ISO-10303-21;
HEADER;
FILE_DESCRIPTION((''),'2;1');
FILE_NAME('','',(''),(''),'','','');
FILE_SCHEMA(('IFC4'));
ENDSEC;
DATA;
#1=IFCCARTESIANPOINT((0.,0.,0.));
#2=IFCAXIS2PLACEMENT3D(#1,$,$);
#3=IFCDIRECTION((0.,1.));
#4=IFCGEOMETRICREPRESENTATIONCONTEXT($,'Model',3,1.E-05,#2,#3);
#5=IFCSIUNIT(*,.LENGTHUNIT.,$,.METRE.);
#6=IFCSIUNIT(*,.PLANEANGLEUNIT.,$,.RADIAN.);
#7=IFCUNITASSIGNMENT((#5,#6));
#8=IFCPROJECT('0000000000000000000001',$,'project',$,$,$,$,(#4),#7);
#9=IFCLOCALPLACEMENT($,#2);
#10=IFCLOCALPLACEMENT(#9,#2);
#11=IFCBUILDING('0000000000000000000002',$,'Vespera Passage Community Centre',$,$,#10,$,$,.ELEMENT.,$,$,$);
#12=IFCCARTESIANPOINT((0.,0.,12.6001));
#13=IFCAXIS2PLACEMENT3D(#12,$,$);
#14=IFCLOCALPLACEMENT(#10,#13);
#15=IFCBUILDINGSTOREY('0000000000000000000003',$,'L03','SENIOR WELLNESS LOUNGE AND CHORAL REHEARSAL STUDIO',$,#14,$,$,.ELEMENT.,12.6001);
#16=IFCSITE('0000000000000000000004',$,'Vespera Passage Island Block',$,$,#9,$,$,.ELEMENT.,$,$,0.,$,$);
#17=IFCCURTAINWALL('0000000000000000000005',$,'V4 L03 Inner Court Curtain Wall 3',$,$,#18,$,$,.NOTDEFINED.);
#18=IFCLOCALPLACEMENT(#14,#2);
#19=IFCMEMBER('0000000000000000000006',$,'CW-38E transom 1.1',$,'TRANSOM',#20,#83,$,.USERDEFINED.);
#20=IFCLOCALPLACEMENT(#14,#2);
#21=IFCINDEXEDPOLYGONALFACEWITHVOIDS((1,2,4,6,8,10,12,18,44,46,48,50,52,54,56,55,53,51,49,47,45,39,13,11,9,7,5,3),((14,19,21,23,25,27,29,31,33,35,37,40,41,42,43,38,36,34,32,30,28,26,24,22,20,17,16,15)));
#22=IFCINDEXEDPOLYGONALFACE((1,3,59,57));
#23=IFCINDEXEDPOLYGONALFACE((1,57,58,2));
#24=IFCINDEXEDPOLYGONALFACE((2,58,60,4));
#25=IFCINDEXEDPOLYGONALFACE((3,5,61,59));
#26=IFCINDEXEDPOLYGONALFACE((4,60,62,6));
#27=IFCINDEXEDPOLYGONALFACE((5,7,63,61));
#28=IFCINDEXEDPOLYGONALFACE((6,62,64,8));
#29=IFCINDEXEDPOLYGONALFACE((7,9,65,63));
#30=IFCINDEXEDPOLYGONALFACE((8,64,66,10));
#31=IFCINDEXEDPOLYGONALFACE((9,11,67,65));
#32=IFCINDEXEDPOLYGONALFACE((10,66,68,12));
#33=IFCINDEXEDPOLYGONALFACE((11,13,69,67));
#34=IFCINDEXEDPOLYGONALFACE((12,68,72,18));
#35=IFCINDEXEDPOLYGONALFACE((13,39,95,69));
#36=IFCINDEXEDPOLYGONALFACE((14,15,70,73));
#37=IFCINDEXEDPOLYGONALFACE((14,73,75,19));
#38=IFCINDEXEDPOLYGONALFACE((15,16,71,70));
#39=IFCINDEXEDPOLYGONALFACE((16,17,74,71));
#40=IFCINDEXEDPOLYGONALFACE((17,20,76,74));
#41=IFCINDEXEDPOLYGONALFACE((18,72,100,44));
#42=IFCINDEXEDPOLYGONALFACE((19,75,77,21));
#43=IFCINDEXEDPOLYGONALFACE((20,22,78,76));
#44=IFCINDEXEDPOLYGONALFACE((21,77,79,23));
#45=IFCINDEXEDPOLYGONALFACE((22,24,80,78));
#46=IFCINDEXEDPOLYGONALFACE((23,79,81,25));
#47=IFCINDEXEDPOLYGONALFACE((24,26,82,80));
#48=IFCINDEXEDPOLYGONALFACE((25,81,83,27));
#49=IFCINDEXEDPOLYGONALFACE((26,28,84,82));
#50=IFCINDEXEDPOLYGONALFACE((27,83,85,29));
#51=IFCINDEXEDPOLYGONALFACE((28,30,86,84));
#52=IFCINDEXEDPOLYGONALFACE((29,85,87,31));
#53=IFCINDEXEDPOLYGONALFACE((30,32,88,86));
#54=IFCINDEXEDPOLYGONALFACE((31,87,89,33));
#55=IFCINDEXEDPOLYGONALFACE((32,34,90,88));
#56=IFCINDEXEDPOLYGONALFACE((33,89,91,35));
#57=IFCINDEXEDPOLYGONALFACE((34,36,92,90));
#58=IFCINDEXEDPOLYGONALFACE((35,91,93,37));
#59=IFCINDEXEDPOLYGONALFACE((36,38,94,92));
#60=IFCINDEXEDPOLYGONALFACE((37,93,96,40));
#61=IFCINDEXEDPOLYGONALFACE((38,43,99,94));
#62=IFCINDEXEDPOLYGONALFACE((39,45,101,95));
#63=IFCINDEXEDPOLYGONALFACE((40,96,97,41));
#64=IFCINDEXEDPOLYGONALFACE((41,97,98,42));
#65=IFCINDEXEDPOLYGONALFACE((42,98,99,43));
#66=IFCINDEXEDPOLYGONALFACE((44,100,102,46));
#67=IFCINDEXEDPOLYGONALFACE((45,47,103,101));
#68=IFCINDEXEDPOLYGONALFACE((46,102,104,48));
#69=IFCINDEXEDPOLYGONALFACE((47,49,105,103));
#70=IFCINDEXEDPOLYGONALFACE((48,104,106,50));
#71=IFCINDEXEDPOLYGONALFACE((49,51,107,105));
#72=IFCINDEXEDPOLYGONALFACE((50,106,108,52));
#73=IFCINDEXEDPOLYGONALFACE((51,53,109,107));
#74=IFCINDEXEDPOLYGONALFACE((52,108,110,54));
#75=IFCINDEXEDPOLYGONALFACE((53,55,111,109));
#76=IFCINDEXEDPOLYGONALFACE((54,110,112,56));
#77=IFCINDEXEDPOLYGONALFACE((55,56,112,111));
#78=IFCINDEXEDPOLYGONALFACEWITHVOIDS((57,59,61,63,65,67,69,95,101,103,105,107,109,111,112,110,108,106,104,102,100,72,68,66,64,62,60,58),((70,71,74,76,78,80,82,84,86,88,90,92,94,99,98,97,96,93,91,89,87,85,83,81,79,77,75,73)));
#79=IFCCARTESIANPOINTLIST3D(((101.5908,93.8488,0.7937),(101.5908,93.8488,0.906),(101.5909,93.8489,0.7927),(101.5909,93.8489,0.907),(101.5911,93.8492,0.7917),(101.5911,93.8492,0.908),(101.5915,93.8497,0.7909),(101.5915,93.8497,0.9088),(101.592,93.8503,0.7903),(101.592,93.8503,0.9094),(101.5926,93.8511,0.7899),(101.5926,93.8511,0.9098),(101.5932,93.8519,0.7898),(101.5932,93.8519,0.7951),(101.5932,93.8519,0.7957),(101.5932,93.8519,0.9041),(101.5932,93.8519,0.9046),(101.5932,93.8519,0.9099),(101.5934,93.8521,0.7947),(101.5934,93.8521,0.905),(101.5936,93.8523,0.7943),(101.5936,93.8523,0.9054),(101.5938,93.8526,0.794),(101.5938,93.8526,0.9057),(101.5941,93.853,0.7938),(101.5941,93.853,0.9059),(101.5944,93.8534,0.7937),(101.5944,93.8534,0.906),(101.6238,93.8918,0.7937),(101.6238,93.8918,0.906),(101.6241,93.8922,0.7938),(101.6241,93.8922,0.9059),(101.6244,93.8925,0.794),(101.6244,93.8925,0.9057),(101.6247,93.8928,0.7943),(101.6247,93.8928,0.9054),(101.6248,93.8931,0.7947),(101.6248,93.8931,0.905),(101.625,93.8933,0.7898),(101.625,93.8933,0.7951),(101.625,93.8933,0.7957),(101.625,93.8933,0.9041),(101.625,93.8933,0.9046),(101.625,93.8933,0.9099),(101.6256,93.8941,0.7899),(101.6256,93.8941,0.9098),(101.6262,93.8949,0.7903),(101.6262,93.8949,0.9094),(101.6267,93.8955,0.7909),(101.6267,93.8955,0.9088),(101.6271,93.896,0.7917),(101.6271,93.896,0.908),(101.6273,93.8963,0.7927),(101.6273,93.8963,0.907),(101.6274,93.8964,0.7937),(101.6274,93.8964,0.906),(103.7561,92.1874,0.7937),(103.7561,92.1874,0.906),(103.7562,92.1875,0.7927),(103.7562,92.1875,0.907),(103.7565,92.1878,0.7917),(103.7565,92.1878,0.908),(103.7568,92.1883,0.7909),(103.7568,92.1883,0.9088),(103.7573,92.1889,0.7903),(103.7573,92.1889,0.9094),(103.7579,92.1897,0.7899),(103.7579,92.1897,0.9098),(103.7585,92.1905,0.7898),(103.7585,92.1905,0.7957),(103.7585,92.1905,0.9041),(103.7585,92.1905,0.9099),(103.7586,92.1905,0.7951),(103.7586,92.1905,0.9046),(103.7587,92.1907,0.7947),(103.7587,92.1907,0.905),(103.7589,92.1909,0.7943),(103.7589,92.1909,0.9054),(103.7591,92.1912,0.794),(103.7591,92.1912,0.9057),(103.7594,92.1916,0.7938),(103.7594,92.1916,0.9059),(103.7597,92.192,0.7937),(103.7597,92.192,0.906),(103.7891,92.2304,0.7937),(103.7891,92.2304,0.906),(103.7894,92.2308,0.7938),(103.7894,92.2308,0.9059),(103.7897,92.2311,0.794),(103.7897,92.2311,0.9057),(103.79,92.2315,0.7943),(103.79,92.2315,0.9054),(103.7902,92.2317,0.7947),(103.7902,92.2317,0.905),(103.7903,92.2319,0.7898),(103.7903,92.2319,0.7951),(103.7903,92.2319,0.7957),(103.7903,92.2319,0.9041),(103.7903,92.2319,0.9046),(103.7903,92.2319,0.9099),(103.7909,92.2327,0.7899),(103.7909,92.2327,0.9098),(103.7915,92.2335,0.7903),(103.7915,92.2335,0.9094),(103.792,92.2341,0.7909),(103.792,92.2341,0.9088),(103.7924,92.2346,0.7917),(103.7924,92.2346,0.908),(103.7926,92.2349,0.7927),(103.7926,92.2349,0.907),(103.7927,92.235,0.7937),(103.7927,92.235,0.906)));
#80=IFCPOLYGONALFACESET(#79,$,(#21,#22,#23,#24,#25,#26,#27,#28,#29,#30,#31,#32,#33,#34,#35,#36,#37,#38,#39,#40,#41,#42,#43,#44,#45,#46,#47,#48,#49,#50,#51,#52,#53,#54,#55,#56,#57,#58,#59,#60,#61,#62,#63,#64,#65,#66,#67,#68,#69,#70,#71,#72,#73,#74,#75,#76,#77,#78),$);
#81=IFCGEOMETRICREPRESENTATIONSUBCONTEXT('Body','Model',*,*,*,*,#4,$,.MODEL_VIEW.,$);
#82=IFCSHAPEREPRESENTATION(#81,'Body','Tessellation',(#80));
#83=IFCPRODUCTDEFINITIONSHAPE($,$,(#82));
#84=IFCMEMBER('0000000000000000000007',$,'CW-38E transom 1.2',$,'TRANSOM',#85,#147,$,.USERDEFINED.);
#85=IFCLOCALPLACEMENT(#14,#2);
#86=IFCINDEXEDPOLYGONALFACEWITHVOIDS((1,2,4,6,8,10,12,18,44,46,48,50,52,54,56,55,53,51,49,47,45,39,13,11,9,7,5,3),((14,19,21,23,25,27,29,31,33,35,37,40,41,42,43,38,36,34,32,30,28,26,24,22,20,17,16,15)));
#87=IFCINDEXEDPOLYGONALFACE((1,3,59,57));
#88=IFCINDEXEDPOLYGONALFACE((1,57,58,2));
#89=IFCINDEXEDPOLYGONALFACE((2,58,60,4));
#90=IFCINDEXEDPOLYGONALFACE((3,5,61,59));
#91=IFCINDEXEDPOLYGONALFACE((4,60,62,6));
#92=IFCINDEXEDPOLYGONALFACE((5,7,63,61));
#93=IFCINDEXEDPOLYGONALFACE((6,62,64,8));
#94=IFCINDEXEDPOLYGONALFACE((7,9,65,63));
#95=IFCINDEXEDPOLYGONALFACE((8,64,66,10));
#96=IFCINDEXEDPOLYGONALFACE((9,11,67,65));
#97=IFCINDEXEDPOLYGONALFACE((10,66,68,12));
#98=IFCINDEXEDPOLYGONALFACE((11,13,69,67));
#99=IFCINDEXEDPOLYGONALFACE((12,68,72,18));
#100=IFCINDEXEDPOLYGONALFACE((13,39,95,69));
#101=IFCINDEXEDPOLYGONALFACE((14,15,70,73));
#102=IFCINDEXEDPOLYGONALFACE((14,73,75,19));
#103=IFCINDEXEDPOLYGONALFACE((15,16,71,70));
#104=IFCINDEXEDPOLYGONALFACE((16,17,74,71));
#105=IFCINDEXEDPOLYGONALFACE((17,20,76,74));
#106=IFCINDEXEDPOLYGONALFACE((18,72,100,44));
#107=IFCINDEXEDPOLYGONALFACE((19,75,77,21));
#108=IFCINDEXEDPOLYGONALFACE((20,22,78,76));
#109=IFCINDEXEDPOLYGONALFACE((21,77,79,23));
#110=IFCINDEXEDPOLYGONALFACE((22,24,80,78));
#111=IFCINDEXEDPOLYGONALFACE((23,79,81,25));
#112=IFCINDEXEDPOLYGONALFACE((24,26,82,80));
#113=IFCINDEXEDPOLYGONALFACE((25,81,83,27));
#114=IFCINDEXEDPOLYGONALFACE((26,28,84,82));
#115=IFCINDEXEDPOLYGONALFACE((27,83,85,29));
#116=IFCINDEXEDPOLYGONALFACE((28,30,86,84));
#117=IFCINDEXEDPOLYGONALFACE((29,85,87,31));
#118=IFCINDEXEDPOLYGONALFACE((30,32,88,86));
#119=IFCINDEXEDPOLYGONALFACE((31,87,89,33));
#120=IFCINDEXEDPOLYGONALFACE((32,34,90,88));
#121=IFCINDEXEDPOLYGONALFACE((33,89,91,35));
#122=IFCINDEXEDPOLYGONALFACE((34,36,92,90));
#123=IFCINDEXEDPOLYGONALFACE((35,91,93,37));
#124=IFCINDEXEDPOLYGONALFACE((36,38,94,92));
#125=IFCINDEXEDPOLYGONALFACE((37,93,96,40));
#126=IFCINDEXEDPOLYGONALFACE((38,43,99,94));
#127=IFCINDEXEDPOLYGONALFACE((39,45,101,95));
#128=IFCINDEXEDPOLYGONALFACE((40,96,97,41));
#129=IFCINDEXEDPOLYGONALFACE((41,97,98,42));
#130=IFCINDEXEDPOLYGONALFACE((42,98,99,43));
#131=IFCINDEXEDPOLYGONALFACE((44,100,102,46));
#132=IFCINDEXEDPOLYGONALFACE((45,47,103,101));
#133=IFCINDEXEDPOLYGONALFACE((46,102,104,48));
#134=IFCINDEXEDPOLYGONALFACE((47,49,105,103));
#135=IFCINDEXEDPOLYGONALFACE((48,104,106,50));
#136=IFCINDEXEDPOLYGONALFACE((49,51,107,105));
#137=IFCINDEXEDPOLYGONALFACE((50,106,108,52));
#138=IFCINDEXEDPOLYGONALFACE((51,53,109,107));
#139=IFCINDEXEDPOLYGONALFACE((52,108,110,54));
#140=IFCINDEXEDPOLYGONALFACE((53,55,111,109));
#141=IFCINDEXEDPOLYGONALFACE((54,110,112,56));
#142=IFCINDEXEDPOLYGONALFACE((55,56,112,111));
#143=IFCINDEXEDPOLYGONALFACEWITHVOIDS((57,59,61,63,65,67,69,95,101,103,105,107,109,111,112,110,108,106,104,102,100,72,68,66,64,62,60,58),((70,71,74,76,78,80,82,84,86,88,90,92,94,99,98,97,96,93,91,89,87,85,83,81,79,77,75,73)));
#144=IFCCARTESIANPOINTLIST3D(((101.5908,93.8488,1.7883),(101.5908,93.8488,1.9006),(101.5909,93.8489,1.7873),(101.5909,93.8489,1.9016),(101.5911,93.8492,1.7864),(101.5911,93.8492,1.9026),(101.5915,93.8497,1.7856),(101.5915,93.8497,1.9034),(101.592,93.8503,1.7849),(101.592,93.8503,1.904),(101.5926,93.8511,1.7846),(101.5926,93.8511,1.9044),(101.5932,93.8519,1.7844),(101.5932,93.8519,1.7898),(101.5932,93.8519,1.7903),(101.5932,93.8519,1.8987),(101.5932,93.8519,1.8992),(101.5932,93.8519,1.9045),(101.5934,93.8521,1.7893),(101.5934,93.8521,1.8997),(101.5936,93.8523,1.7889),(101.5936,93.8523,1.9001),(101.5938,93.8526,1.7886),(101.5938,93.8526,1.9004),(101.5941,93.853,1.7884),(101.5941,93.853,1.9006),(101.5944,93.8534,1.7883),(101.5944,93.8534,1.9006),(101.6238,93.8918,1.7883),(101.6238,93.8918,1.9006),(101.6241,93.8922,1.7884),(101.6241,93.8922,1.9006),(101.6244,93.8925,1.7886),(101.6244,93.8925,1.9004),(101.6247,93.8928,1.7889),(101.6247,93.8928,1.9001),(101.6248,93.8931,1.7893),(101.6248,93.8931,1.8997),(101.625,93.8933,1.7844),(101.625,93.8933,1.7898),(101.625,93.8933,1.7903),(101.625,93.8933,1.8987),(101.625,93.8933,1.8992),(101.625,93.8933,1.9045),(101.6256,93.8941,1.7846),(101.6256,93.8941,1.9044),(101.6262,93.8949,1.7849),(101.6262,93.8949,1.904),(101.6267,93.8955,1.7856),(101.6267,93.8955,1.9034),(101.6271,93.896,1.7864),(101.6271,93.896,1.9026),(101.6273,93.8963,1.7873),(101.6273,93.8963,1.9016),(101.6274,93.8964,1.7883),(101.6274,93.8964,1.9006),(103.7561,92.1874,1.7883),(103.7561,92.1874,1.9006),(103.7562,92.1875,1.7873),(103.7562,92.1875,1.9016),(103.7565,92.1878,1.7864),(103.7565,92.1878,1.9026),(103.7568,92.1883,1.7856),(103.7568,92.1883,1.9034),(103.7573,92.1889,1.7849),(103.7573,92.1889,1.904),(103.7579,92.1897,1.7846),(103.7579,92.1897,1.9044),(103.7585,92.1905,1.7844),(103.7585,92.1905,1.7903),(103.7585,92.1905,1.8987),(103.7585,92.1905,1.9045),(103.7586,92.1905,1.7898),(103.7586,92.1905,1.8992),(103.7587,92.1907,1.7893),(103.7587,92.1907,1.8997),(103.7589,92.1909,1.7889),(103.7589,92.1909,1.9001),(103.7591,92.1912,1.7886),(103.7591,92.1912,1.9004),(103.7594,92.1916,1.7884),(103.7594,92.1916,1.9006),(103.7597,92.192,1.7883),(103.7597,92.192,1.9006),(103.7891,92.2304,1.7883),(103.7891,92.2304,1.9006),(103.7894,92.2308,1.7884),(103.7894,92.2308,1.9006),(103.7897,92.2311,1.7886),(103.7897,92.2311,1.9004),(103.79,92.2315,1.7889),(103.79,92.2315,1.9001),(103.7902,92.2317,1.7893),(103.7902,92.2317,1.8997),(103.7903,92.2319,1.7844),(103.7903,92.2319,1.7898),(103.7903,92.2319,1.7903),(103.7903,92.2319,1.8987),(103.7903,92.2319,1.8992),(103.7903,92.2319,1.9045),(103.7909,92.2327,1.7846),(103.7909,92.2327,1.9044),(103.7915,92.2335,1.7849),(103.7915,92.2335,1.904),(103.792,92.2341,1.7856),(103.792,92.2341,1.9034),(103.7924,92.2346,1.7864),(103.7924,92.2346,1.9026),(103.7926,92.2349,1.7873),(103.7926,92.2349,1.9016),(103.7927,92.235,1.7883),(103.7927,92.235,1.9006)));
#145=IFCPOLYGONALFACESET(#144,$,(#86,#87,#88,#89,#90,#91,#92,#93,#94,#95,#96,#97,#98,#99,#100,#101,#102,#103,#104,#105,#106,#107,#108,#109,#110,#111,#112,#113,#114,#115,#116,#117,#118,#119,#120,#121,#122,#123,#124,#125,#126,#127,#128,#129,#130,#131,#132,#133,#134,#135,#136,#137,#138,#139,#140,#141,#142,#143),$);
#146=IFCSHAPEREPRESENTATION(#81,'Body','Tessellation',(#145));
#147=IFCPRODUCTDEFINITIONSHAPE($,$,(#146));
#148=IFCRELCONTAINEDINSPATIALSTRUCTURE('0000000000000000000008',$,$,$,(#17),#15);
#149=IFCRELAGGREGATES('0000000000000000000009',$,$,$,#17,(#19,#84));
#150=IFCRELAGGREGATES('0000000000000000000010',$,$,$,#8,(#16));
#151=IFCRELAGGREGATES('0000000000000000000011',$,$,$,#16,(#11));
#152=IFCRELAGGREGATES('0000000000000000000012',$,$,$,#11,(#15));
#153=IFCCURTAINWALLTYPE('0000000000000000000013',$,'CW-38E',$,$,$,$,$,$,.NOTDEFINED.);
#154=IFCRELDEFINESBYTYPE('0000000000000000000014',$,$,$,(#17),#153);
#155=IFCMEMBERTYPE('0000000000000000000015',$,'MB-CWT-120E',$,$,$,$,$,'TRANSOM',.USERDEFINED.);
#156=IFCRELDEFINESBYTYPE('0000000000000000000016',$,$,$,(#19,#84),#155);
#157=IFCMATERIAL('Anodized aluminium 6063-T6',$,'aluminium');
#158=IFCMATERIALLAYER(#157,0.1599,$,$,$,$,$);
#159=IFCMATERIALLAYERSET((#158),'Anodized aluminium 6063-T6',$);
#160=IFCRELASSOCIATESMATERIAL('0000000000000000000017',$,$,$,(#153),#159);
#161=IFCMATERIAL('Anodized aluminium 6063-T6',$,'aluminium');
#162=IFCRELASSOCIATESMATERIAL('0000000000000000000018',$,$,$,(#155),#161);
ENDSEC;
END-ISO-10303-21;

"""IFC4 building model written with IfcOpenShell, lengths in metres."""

from ifc_helpers import new_model, si_unit, direction, frame, origin, origin_2d, place, context, subcontext, project, spatial, hollow_rectangle, extrude, material, layer, layer_set, material_profile, profile_set, type_object, element, aggregate, save


model = new_model("IFC4")

# Units and contexts
model_context = context("Model", 3, precision=1e-05, world=origin(), true_north=direction((0.0, 1.0)))
body_context = subcontext(model_context, "Body", "Model", "MODEL_VIEW")
ifc_project = project(units=[si_unit("LENGTHUNIT", "METRE"), si_unit("PLANEANGLEUNIT", "RADIAN")], contexts=[model_context])

# Site, building, storey
site_placement = place(None, origin())
site = spatial("IfcSite", under=ifc_project, at=site_placement, Name="Vespera Passage Island Block", CompositionType="ELEMENT", RefElevation=0.0)
building_placement = place(site_placement, origin())
building = spatial("IfcBuilding", under=site, at=building_placement, Name="Vespera Passage Community Centre", CompositionType="ELEMENT")
storey_placement = place(building_placement, frame((0.0, 0.0, 12.6001)))
storey = spatial("IfcBuildingStorey", under=building, at=storey_placement, Name="L03", Description="SENIOR WELLNESS LOUNGE AND CHORAL REHEARSAL STUDIO", CompositionType="ELEMENT", Elevation=12.6001)

# Curtain wall, members
ifc_material_1 = material(Name="Anodized aluminium 6063-T6", Category="aluminium")
ifc_layer_1 = layer(ifc_material_1, 0.1599)
ifc_layer_set_1 = layer_set([ifc_layer_1], Name="Anodized aluminium 6063-T6")
curtain_wall_type = type_object("IfcCurtainWallType", Name="CW-38E", PredefinedType="NOTDEFINED", material=ifc_layer_set_1)
curtain_wall_placement = place(storey_placement, origin())
curtain_wall = element("IfcCurtainWall", 1, at=curtain_wall_placement, inside=storey, type_object=curtain_wall_type, Name="V4 L03 Inner Court Curtain Wall 3", PredefinedType="NOTDEFINED")
ifc_material_2 = material(Name="Anodized aluminium 6063-T6", Category="aluminium")
ifc_material_profile_1 = material_profile(ifc_material_2, hollow_rectangle(XDim=0.0601, YDim=0.1201, WallThickness=0.0039, InnerFilletRadius=0.002, OuterFilletRadius=0.0039, at=origin_2d()), Name="ALU120X60X4")
ifc_profile_set_1 = profile_set([ifc_material_profile_1], Name="Anodized aluminium 6063-T6")
member_type_1 = type_object("IfcMemberType", Name="MB-CWT-120E", ElementType="TRANSOM", PredefinedType="USERDEFINED", material=ifc_profile_set_1)
member_1_placement = place(storey_placement, frame((103.7744, 92.2112, 0.8499), z_axis=(-0.793372, 0.608738, 0.0), x_axis=(-0.608738, -0.793372, 0.0)))
member_1 = element("IfcMember", 2, at=member_1_placement, type_object=member_type_1, Name="CW-38E transom 1.1", ObjectType="TRANSOM", PredefinedType="USERDEFINED", context=body_context, shape_type="SweptSolid", body=[
    extrude(hollow_rectangle(XDim=0.0601, YDim=0.1201, WallThickness=0.0039, InnerFilletRadius=0.002, OuterFilletRadius=0.0039, at=origin_2d()), origin(), (0.0, 0.0, 1.0), 2.7292),
])
member_2_placement = place(storey_placement, frame((103.7744, 92.2112, 1.8445), z_axis=(-0.793372, 0.608738, 0.0), x_axis=(-0.608738, -0.793372, 0.0)))
member_2 = element("IfcMember", 3, at=member_2_placement, type_object=member_type_1, Name="CW-38E transom 1.2", ObjectType="TRANSOM", PredefinedType="USERDEFINED", context=body_context, shape_type="SweptSolid", body=[
    extrude(hollow_rectangle(XDim=0.0601, YDim=0.1201, WallThickness=0.0039, InnerFilletRadius=0.002, OuterFilletRadius=0.0039, at=origin_2d()), origin(), (0.0, 0.0, 1.0), 2.7292),
])
aggregate(curtain_wall, [member_1, member_2])

save(model, "model.ifc")
